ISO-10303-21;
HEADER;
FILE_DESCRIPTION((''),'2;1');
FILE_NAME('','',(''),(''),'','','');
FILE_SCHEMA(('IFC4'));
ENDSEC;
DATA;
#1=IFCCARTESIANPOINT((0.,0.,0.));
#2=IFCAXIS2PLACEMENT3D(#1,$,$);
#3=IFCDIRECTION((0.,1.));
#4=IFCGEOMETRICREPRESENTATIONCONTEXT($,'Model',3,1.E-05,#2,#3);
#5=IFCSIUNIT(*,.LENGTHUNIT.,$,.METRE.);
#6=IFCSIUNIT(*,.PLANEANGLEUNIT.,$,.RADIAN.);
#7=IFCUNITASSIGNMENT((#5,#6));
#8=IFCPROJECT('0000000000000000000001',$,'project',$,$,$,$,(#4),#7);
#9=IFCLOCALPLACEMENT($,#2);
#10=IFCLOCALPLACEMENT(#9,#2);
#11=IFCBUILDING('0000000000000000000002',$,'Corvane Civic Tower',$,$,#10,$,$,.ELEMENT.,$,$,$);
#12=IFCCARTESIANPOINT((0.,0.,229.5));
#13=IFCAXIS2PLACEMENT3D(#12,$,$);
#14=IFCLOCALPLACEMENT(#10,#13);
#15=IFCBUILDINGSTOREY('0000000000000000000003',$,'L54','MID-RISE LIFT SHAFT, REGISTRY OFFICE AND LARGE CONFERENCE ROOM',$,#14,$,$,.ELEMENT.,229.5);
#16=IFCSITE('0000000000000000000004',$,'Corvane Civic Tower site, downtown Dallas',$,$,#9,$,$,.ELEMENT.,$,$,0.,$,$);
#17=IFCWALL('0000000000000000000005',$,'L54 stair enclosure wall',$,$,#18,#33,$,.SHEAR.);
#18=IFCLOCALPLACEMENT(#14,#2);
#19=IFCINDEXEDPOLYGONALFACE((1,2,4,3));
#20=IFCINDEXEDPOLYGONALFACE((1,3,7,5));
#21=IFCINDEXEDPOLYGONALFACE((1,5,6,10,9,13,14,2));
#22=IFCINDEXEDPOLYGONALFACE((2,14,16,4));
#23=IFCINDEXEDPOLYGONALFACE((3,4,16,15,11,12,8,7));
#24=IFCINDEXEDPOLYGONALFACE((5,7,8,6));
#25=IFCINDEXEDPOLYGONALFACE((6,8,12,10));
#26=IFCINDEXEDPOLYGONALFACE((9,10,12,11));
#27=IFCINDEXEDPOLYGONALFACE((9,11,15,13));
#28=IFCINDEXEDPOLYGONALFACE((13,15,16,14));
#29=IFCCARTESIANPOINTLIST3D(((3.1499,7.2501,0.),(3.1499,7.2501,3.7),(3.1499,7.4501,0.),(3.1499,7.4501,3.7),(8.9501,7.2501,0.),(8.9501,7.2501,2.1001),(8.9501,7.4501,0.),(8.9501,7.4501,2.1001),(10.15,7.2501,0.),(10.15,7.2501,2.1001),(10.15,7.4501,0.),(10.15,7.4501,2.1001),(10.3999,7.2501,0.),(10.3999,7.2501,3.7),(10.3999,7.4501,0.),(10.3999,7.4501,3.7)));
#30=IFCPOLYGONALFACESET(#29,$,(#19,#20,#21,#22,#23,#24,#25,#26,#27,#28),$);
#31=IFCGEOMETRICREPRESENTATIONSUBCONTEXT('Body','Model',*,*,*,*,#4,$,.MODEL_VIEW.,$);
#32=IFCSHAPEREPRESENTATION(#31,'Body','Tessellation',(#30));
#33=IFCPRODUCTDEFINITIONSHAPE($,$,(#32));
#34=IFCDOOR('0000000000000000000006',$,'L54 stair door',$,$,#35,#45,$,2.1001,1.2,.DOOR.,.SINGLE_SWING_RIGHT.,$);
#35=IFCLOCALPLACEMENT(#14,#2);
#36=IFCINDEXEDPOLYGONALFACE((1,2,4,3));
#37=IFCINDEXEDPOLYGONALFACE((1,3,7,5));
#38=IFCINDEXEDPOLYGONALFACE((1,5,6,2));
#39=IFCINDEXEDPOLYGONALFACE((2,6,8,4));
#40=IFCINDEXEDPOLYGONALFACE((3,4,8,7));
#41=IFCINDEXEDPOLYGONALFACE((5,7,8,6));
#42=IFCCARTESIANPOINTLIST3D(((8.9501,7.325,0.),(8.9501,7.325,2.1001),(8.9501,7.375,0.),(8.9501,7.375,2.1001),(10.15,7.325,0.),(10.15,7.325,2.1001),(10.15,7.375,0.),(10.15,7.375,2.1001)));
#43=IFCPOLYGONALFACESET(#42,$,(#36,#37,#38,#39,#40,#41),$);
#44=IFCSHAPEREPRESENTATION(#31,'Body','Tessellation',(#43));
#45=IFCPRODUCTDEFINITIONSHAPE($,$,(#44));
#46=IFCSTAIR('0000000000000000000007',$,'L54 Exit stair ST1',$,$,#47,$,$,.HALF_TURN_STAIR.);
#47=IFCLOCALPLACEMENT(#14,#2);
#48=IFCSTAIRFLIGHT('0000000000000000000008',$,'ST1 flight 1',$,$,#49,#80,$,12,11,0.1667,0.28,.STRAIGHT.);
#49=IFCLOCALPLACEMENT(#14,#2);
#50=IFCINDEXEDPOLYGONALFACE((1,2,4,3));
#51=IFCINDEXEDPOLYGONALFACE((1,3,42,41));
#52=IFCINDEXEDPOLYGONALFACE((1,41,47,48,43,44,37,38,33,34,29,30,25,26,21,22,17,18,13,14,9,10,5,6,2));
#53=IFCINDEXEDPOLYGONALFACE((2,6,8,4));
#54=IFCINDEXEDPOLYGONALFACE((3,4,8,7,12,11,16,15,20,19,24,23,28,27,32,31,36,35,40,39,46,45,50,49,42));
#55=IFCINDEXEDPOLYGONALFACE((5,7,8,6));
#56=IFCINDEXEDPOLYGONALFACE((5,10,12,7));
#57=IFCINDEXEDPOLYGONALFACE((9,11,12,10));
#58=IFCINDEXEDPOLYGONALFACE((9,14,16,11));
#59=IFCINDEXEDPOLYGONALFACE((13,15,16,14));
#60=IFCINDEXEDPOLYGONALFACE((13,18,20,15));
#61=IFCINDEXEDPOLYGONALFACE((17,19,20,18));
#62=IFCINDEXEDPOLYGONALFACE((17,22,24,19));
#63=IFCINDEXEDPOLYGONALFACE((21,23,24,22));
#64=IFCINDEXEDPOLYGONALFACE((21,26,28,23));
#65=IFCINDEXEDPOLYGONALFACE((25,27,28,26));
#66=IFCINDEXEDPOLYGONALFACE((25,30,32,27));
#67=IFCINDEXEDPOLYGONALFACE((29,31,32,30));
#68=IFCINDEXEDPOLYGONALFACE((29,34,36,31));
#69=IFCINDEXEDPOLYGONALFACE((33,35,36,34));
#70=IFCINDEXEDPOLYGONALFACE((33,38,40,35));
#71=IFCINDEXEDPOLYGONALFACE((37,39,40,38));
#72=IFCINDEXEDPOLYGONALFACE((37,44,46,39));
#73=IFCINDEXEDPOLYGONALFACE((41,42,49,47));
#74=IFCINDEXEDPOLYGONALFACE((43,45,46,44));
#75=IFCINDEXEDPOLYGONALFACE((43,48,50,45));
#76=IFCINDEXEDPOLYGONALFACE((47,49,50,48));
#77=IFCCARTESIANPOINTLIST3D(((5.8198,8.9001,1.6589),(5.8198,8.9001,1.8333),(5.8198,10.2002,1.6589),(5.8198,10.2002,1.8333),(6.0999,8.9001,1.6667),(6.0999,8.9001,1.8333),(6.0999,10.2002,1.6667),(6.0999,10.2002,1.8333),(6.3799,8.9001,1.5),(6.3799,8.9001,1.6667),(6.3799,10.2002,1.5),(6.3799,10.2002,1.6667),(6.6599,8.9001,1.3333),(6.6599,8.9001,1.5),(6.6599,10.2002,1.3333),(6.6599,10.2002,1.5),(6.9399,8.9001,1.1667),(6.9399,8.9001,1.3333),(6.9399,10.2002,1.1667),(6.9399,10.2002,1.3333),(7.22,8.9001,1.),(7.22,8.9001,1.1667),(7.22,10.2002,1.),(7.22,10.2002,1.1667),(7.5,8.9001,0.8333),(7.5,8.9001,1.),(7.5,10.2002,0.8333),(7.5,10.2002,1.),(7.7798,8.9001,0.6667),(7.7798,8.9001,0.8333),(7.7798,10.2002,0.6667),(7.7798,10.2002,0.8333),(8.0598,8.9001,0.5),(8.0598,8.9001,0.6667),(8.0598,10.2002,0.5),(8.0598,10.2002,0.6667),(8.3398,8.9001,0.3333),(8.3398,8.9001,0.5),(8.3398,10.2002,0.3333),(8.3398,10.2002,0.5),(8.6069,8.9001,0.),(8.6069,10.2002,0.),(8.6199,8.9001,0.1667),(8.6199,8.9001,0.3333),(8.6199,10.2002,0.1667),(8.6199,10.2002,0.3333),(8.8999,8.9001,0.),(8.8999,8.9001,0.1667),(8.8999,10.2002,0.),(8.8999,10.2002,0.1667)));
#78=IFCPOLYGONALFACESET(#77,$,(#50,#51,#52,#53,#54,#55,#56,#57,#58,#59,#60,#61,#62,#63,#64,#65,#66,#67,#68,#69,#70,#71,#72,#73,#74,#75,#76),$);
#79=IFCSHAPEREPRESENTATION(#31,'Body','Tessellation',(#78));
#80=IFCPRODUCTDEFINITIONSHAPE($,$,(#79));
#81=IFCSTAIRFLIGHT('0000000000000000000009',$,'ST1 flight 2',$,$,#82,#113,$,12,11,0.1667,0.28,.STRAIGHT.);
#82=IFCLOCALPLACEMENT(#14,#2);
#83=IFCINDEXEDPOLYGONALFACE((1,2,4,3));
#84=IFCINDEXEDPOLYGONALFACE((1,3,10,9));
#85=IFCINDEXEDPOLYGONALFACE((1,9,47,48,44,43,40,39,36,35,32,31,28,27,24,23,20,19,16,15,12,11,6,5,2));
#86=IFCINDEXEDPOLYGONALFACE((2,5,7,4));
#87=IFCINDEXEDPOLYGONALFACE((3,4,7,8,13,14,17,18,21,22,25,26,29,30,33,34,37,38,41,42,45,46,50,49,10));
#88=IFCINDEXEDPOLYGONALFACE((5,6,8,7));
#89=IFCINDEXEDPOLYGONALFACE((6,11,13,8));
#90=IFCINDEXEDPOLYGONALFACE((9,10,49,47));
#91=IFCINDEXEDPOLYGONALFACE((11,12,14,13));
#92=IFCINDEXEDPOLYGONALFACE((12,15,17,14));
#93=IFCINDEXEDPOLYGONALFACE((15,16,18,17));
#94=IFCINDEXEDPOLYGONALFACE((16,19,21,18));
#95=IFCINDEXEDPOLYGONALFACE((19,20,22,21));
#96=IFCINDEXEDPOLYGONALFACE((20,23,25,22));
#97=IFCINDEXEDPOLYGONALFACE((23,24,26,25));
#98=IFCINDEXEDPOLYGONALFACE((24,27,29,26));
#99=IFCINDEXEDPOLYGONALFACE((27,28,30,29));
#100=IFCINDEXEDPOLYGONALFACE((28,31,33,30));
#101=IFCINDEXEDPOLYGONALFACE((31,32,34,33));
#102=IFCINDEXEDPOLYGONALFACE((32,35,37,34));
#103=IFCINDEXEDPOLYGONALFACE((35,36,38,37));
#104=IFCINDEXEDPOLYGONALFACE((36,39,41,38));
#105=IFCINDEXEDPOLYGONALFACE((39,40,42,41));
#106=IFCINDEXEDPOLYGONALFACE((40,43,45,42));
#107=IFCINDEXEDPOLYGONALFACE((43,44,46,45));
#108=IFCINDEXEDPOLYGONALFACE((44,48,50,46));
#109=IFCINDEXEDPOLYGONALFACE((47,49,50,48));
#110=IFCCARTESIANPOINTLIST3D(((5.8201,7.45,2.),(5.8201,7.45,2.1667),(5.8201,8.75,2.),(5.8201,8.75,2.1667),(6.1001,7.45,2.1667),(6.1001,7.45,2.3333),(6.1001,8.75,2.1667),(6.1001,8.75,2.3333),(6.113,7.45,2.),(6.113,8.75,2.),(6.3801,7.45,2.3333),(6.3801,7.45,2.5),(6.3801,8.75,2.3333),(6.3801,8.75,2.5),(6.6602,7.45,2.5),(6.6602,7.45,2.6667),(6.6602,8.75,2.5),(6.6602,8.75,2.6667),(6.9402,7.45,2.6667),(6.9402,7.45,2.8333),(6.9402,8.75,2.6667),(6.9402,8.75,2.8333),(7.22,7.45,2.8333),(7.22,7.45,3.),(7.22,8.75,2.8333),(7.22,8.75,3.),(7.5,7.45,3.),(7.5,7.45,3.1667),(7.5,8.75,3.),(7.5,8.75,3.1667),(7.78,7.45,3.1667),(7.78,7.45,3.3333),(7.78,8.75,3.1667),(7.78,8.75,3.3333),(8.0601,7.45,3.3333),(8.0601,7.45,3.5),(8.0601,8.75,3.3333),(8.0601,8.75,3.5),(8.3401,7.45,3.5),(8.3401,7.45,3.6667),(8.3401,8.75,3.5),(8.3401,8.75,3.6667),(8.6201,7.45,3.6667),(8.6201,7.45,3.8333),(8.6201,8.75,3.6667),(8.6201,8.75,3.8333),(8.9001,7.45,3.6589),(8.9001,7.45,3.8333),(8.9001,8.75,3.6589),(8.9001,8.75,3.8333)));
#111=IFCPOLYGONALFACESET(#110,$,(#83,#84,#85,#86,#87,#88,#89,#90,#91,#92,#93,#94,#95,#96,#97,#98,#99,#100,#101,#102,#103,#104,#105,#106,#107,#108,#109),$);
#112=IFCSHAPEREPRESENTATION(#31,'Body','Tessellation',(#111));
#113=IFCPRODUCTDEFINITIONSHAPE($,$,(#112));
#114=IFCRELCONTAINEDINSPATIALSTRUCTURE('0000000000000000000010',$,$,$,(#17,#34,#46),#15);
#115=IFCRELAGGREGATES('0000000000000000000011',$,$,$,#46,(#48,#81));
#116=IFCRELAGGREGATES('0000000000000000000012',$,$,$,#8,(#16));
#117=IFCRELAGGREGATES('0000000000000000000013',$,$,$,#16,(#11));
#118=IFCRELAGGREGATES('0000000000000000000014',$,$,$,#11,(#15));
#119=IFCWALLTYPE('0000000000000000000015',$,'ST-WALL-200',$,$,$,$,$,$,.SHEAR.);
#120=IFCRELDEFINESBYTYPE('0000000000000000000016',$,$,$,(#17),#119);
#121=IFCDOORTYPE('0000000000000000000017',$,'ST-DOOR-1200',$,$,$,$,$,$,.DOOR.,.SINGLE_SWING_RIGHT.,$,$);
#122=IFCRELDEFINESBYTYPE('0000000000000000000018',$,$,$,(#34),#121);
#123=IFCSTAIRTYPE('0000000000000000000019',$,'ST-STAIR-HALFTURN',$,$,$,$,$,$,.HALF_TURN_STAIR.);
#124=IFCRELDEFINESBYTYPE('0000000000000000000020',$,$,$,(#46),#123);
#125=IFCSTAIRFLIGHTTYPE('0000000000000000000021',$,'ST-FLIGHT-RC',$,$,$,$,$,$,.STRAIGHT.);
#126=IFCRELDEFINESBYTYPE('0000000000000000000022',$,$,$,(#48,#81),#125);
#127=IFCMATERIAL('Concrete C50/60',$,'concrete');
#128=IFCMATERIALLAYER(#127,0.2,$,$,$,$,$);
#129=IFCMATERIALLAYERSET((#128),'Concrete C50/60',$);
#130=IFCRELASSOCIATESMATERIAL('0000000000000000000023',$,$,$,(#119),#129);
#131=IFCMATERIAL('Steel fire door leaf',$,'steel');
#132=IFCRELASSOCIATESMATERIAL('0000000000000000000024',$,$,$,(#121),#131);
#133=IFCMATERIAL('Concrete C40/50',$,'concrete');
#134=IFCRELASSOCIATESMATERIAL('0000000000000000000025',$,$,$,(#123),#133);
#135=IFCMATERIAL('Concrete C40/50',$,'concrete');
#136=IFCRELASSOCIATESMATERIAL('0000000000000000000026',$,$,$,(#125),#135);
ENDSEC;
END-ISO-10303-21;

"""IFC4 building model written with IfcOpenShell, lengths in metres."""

from ifc_helpers import new_model, si_unit, direction, frame, frame_2d, origin, place, context, subcontext, project, spatial, polyline, rectangle, outline, extrude, material, layer, layer_set, type_object, element, fill, aggregate, save


model = new_model("IFC4")

# Units and contexts
model_context = context("Model", 3, precision=1e-05, world=origin(), true_north=direction((0.0, 1.0)))
body_context = subcontext(model_context, "Body", "Model", "MODEL_VIEW")
ifc_project = project(units=[si_unit("LENGTHUNIT", "METRE"), si_unit("PLANEANGLEUNIT", "RADIAN")], contexts=[model_context])

# Site, building, storey
site_placement = place(None, origin())
site = spatial("IfcSite", under=ifc_project, at=site_placement, Name="Corvane Civic Tower site, downtown Dallas", CompositionType="ELEMENT", RefElevation=0.0)
building_placement = place(site_placement, origin())
building = spatial("IfcBuilding", under=site, at=building_placement, Name="Corvane Civic Tower", CompositionType="ELEMENT")
storey_placement = place(building_placement, frame((0.0, 0.0, 229.5)))
storey = spatial("IfcBuildingStorey", under=building, at=storey_placement, Name="L54", Description="MID-RISE LIFT SHAFT, REGISTRY OFFICE AND LARGE CONFERENCE ROOM", CompositionType="ELEMENT", Elevation=229.5)

# Wall, opening, door
ifc_material_1 = material(Name="Concrete C50/60", Category="concrete")
ifc_layer_1 = layer(ifc_material_1, 0.2)
ifc_layer_set_1 = layer_set([ifc_layer_1], Name="Concrete C50/60")
wall_type_1 = type_object("IfcWallType", Name="ST-WALL-200", PredefinedType="SHEAR", material=ifc_layer_set_1)
wall_1_placement = place(storey_placement, frame((3.1499, 7.3501, 0.0), z_axis=(0.0, 0.0, 1.0), x_axis=(1.0, 0.0, 0.0)))
wall_1 = element("IfcWall", 1, at=wall_1_placement, inside=storey, type_object=wall_type_1, Name="L54 stair enclosure wall", PredefinedType="SHEAR", context=body_context, shape_type="SweptSolid", body=[
    extrude(rectangle(XDim=7.25, YDim=0.2, at=frame_2d((3.625, 0.0))), origin(), (0.0, 0.0, 1.0), 3.7),
])
opening_1_placement = place(wall_1_placement, frame((5.8, 0.0, 0.0)))
opening_1 = element("IfcOpeningElement", 2, at=opening_1_placement, cuts=wall_1, PredefinedType="OPENING", context=body_context, shape_type="SweptSolid", body=[
    extrude(rectangle(XDim=1.2, YDim=2.1001, at=frame_2d((0.6001, 1.05))), frame((0.0, 0.1099, 0.0), z_axis=(0.0, -1.0, 0.0), x_axis=(1.0, 0.0, 0.0)), (0.0, 0.0, 1.0), 0.22),
])
ifc_material_2 = material(Name="Steel fire door leaf", Category="steel")
door_type_1 = type_object("IfcDoorType", Name="ST-DOOR-1200", OperationType="SINGLE_SWING_RIGHT", PredefinedType="DOOR", material=ifc_material_2)
door_1_placement = place(opening_1_placement, origin())
door_1 = element("IfcDoor", 3, at=door_1_placement, inside=storey, type_object=door_type_1, Name="L54 stair door", OperationType="SINGLE_SWING_RIGHT", OverallHeight=2.1001, OverallWidth=1.2, PredefinedType="DOOR", context=body_context, shape_type="SweptSolid", body=[
    extrude(rectangle(XDim=1.2, YDim=2.1001, at=frame_2d((0.6001, 1.05))), frame((0.0, 0.0249, 0.0), z_axis=(0.0, -1.0, 0.0), x_axis=(1.0, 0.0, 0.0)), (0.0, 0.0, 1.0), 0.05),
])
fill(opening_1, door_1)

# Stair, stair flights
ifc_material_3 = material(Name="Concrete C40/50", Category="concrete")
stair_type = type_object("IfcStairType", Name="ST-STAIR-HALFTURN", PredefinedType="HALF_TURN_STAIR", material=ifc_material_3)
stair_placement = place(storey_placement, origin())
stair = element("IfcStair", 4, at=stair_placement, inside=storey, type_object=stair_type, Name="L54 Exit stair ST1", PredefinedType="HALF_TURN_STAIR")
ifc_material_4 = material(Name="Concrete C40/50", Category="concrete")
stair_flight_type = type_object("IfcStairFlightType", Name="ST-FLIGHT-RC", PredefinedType="STRAIGHT", material=ifc_material_4)
stair_flight_1_placement = place(storey_placement, frame((8.8999, 9.55, 0.0), z_axis=(0.0, 0.0, 1.0), x_axis=(-1.0, 0.0, 0.0)))
stair_flight_1 = element("IfcStairFlight", 5, at=stair_flight_1_placement, type_object=stair_flight_type, Name="ST1 flight 1", NumberOfRisers=12, NumberOfTreads=11, PredefinedType="STRAIGHT", RiserHeight=0.1667, TreadLength=0.28, context=body_context, shape_type="SweptSolid", body=[
    extrude(outline(polyline([(0.0, 0.0), (0.0, 0.1667), (0.28, 0.1667), (0.28, 0.3333), (0.5601, 0.3333), (0.5601, 0.5), (0.8401, 0.5), (0.8401, 0.6667), (1.1201, 0.6667), (1.1201, 0.8333), (1.3999, 0.8333), (1.3999, 1.0), (1.6799, 1.0), (1.6799, 1.1667), (1.96, 1.1667), (1.96, 1.3333), (2.24, 1.3333), (2.24, 1.5), (2.52, 1.5), (2.52, 1.6667), (2.8, 1.6667), (2.8, 1.8333), (3.0801, 1.8333), (3.0801, 2.0), (3.0801, 1.6589), (0.293, 0.0), (0.0, 0.0)])), frame((0.0, 0.6499, 0.0), z_axis=(0.0, -1.0, 0.0), x_axis=(1.0, 0.0, 0.0)), (0.0, 0.0, 1.0), 1.3),
])
stair_flight_2_placement = place(storey_placement, frame((5.8201, 8.1001, 2.0), z_axis=(0.0, 0.0, 1.0), x_axis=(1.0, 0.0, 0.0)))
stair_flight_2 = element("IfcStairFlight", 6, at=stair_flight_2_placement, type_object=stair_flight_type, Name="ST1 flight 2", NumberOfRisers=12, NumberOfTreads=11, PredefinedType="STRAIGHT", RiserHeight=0.1667, TreadLength=0.28, context=body_context, shape_type="SweptSolid", body=[
    extrude(outline(polyline([(0.0, 0.0), (0.0, 0.1667), (0.28, 0.1667), (0.28, 0.3333), (0.5601, 0.3333), (0.5601, 0.5), (0.8401, 0.5), (0.8401, 0.6667), (1.1201, 0.6667), (1.1201, 0.8333), (1.3999, 0.8333), (1.3999, 1.0), (1.6799, 1.0), (1.6799, 1.1667), (1.96, 1.1667), (1.96, 1.3333), (2.24, 1.3333), (2.24, 1.5), (2.52, 1.5), (2.52, 1.6667), (2.8, 1.6667), (2.8, 1.8333), (3.0801, 1.8333), (3.0801, 2.0), (3.0801, 1.6589), (0.293, 0.0), (0.0, 0.0)])), frame((0.0, 0.6499, 0.0), z_axis=(0.0, -1.0, 0.0), x_axis=(1.0, 0.0, 0.0)), (0.0, 0.0, 1.0), 1.3),
])
aggregate(stair, [stair_flight_1, stair_flight_2])

save(model, "model.ifc")
